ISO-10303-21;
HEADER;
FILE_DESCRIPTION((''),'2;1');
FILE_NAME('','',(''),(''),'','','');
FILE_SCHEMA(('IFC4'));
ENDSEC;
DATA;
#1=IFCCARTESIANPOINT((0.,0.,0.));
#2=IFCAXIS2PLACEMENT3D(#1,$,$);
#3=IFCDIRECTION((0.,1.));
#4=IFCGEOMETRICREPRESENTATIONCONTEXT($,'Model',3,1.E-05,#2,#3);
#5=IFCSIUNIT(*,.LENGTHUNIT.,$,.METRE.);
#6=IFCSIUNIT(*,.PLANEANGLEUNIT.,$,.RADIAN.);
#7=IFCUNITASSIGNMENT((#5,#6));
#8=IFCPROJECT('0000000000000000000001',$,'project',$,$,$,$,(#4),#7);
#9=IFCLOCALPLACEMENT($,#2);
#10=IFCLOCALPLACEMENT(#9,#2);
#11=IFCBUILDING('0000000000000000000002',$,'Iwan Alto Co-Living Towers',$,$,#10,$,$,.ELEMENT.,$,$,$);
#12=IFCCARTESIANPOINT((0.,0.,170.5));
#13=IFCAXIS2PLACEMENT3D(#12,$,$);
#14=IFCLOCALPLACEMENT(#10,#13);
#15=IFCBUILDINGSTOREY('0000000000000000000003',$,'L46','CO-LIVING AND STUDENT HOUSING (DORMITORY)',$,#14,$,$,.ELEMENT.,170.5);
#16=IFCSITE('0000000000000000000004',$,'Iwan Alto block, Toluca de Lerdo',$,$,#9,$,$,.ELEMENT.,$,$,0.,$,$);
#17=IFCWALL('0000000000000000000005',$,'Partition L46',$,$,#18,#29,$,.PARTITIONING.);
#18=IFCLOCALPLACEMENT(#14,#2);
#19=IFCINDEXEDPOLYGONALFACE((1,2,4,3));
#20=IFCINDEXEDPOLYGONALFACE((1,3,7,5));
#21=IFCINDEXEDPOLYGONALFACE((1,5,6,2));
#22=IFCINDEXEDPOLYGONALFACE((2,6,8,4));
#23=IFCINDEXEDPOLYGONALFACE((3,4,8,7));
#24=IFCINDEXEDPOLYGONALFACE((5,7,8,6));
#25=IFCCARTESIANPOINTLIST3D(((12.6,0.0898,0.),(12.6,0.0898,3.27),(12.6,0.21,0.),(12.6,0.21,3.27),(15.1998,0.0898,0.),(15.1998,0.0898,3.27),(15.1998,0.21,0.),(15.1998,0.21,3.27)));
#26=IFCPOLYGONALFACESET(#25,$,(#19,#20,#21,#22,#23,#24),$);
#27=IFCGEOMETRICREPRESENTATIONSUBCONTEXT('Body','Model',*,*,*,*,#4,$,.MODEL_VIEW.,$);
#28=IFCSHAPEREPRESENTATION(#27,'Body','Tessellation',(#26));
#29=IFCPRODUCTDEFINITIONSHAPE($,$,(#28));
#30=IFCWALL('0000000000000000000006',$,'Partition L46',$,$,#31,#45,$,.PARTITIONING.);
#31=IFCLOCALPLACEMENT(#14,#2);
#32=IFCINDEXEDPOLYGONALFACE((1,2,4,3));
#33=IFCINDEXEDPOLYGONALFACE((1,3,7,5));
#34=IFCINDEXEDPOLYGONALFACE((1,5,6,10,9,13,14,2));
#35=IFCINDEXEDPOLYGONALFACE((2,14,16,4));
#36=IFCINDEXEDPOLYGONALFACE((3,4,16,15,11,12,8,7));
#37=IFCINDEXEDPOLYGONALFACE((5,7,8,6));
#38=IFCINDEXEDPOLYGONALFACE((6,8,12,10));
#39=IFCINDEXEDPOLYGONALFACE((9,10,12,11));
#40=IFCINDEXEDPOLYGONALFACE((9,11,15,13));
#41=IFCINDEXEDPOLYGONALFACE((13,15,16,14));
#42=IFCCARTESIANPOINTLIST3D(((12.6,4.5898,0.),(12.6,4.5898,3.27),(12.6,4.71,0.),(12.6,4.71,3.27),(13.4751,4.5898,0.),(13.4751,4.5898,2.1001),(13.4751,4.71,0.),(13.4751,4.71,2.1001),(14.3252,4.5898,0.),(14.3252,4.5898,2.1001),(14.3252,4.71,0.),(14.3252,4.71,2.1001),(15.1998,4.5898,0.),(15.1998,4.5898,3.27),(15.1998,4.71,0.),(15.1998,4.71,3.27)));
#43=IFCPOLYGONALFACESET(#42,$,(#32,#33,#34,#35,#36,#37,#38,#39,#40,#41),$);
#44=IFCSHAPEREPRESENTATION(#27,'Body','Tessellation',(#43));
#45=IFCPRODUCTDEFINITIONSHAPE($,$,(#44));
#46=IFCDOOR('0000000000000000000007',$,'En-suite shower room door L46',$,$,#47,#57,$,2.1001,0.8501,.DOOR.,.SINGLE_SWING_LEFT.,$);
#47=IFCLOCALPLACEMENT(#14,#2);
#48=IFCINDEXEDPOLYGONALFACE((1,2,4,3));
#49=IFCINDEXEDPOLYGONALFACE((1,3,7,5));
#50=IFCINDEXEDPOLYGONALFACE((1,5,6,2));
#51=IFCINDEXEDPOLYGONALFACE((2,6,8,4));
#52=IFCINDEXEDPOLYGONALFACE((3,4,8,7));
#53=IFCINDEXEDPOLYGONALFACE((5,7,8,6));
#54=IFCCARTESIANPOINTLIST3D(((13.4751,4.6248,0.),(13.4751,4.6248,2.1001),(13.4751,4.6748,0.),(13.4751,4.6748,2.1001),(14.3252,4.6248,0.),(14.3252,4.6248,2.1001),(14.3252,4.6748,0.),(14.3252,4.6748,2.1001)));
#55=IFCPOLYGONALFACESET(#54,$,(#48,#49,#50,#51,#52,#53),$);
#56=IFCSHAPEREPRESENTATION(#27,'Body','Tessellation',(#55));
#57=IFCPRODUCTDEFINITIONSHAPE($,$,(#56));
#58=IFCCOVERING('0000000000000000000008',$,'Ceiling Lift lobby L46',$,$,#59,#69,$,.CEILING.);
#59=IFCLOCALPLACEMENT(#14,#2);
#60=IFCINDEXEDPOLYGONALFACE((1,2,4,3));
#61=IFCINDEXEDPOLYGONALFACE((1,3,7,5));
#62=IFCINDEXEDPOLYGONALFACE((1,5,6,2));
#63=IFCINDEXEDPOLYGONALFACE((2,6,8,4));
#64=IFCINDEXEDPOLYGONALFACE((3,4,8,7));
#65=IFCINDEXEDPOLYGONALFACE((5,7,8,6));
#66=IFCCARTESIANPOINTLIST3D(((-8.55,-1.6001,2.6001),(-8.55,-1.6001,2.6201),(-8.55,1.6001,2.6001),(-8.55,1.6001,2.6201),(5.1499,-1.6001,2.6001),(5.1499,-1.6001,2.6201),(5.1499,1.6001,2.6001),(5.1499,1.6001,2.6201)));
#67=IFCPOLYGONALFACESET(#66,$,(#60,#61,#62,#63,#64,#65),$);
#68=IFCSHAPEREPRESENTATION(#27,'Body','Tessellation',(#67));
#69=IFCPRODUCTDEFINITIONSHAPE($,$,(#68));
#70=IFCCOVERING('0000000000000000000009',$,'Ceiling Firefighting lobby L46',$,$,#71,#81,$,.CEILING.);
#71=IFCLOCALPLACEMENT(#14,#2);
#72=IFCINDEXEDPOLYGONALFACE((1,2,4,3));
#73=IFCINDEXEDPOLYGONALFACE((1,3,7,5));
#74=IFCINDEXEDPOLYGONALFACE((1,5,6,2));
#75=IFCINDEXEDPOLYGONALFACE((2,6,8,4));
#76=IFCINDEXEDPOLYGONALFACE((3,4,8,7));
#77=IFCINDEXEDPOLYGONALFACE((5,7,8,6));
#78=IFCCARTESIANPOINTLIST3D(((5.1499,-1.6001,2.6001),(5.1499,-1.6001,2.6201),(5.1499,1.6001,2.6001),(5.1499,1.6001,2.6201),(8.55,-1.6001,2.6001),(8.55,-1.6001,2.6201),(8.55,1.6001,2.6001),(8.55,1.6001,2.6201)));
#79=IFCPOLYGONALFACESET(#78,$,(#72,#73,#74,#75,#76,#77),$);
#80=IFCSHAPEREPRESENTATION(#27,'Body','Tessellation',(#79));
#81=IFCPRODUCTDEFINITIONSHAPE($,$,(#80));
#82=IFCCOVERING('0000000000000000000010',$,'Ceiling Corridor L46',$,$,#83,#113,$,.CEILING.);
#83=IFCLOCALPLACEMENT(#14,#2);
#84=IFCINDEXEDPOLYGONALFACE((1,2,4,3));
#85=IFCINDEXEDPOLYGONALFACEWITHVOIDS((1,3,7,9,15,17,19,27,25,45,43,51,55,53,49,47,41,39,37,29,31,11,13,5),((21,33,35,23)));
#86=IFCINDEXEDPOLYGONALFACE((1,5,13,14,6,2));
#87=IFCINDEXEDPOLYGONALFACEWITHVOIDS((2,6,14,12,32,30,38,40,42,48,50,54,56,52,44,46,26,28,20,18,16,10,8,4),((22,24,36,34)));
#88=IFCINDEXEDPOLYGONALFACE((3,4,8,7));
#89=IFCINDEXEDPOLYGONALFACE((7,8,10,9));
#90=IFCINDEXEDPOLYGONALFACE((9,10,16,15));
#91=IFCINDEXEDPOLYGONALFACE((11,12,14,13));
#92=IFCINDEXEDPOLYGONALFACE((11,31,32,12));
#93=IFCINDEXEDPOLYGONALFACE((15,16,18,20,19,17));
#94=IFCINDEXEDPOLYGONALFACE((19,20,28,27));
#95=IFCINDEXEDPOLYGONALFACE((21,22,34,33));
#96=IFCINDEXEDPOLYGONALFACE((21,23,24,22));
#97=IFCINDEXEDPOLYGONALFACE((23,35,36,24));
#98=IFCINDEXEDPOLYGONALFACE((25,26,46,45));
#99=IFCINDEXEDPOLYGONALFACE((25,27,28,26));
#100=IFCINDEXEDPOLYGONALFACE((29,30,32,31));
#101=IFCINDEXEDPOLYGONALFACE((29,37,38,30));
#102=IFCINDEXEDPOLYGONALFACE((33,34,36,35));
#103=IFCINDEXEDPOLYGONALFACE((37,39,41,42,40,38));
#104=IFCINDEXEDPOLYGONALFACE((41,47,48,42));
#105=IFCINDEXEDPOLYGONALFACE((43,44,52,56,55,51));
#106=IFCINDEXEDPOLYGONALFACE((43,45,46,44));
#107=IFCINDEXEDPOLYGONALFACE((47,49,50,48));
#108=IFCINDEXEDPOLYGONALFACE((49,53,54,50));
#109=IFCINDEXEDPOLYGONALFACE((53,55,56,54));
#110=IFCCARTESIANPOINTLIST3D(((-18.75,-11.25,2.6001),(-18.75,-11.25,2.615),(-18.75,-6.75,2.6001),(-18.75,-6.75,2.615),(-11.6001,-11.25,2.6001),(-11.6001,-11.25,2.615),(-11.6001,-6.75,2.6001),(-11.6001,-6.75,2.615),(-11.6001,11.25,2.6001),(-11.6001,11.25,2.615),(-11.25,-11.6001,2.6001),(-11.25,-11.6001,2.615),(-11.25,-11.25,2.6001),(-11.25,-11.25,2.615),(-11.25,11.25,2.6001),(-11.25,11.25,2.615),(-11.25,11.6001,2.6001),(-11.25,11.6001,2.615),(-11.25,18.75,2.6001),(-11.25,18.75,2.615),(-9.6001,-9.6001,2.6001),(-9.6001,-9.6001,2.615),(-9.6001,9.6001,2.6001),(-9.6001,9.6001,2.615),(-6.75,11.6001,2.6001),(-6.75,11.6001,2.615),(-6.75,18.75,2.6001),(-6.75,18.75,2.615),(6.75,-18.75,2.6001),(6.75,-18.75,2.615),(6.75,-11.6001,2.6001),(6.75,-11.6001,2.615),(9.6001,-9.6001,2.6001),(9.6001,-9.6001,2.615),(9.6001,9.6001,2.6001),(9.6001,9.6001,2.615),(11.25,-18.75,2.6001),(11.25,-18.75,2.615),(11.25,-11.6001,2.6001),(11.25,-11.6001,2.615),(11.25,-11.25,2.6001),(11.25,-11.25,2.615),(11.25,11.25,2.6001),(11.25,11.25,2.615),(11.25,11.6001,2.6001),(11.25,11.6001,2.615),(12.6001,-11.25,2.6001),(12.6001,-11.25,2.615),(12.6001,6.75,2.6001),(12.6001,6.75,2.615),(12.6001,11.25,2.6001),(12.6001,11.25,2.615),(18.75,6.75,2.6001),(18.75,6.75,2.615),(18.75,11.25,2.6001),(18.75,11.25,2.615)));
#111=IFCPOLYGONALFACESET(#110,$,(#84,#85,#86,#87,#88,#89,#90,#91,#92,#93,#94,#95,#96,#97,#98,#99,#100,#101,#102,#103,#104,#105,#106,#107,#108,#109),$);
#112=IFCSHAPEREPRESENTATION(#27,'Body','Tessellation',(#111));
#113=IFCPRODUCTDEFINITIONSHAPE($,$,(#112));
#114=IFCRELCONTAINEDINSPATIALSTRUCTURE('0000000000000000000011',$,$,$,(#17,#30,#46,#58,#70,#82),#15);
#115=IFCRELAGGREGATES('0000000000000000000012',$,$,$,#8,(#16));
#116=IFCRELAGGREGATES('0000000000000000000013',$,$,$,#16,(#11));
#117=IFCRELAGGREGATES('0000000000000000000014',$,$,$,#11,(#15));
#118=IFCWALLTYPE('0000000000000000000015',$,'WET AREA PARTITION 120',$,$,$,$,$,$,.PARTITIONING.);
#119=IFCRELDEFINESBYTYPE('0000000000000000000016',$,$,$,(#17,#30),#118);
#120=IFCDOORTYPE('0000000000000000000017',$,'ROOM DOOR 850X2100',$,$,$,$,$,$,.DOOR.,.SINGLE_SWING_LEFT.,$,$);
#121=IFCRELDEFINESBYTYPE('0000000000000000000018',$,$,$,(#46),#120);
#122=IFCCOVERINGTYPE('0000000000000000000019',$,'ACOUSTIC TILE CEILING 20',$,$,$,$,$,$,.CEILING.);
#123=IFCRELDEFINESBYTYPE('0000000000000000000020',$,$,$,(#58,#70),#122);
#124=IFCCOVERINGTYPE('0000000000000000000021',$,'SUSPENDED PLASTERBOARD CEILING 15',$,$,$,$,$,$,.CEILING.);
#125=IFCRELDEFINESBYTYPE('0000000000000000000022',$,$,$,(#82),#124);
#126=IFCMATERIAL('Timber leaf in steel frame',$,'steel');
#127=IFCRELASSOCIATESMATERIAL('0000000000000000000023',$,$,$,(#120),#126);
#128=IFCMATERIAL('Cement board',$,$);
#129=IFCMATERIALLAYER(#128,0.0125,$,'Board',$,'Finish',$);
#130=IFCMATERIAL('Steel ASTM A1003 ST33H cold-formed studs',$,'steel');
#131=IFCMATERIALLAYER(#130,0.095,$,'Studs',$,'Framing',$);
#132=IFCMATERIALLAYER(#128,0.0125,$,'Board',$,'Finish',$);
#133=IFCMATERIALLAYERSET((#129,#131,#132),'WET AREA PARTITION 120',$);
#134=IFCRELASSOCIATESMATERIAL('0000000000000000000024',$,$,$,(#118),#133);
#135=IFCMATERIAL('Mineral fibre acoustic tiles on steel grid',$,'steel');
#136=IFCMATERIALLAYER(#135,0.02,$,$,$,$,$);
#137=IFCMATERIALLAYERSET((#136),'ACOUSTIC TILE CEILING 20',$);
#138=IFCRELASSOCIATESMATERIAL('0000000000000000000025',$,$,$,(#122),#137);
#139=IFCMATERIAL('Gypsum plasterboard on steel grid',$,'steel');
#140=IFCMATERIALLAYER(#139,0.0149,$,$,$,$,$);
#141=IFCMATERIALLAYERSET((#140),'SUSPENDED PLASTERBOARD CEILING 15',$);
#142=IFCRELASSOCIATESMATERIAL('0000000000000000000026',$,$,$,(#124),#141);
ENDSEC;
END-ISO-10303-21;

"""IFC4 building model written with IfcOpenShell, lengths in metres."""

from ifc_helpers import new_model, si_unit, direction, frame, frame_2d, origin, place, context, subcontext, project, spatial, polyline, rectangle, outline, extrude, material, layer, layer_set, type_object, element, fill, save


model = new_model("IFC4")

# Units and contexts
model_context = context("Model", 3, precision=1e-05, world=origin(), true_north=direction((0.0, 1.0)))
body_context = subcontext(model_context, "Body", "Model", "MODEL_VIEW")
ifc_project = project(units=[si_unit("LENGTHUNIT", "METRE"), si_unit("PLANEANGLEUNIT", "RADIAN")], contexts=[model_context])

# Site, building, storey
site_placement = place(None, origin())
site = spatial("IfcSite", under=ifc_project, at=site_placement, Name="Iwan Alto block, Toluca de Lerdo", CompositionType="ELEMENT", RefElevation=0.0)
building_placement = place(site_placement, origin())
building = spatial("IfcBuilding", under=site, at=building_placement, Name="Iwan Alto Co-Living Towers", CompositionType="ELEMENT")
storey_placement = place(building_placement, frame((0.0, 0.0, 170.5)))
storey = spatial("IfcBuildingStorey", under=building, at=storey_placement, Name="L46", Description="CO-LIVING AND STUDENT HOUSING (DORMITORY)", CompositionType="ELEMENT", Elevation=170.5)

# Shared definitions
ifc_material_1 = material(Name="Steel ASTM A1003 ST33H cold-formed studs", Category="steel")
ifc_material_2 = material(Name="Timber leaf in steel frame", Category="steel")
door_type_1 = type_object("IfcDoorType", Name="ROOM DOOR 850X2100", OperationType="SINGLE_SWING_LEFT", PredefinedType="DOOR", material=ifc_material_2)

# Wall
ifc_material_3 = material(Name="Cement board")
ifc_layer_1 = layer(ifc_material_3, 0.0125, Name="Board", Category="Finish")
ifc_layer_2 = layer(ifc_material_1, 0.095, Name="Studs", Category="Framing")
ifc_layer_3 = layer(ifc_material_3, 0.0125, Name="Board", Category="Finish")
ifc_layer_set_1 = layer_set([ifc_layer_1, ifc_layer_2, ifc_layer_3], Name="WET AREA PARTITION 120")
wall_type_1 = type_object("IfcWallType", Name="WET AREA PARTITION 120", PredefinedType="PARTITIONING", material=ifc_layer_set_1)
wall_1_placement = place(storey_placement, frame((12.6001, 0.1499, 0.0), z_axis=(0.0, 0.0, 1.0), x_axis=(1.0, 0.0, 0.0)))
element("IfcWall", 1, at=wall_1_placement, inside=storey, type_object=wall_type_1, Name="Partition L46", PredefinedType="PARTITIONING", context=body_context, shape_type="SweptSolid", body=[
    extrude(rectangle(XDim=2.5999, YDim=0.1201, at=frame_2d((1.2998, 0.0))), origin(), (0.0, 0.0, 1.0), 3.27),
])

# Wall, opening, door
wall_2_placement = place(storey_placement, frame((12.6001, 4.6499, 0.0), z_axis=(0.0, 0.0, 1.0), x_axis=(1.0, 0.0, 0.0)))
wall_2 = element("IfcWall", 2, at=wall_2_placement, inside=storey, type_object=wall_type_1, Name="Partition L46", PredefinedType="PARTITIONING", context=body_context, shape_type="SweptSolid", body=[
    extrude(rectangle(XDim=2.5999, YDim=0.1201, at=frame_2d((1.2998, 0.0))), origin(), (0.0, 0.0, 1.0), 3.27),
])
opening_1_placement = place(wall_2_placement, frame((0.875, 0.0, 0.0)))
opening_1 = element("IfcOpeningElement", 3, at=opening_1_placement, cuts=wall_2, PredefinedType="OPENING", context=body_context, shape_type="SweptSolid", body=[
    extrude(rectangle(XDim=0.8501, YDim=2.1001, at=frame_2d((0.425, 1.05))), frame((0.0, 0.0701, 0.0), z_axis=(0.0, -1.0, 0.0), x_axis=(1.0, 0.0, 0.0)), (0.0, 0.0, 1.0), 0.1401),
])
door_1_placement = place(opening_1_placement, origin())
door_1 = element("IfcDoor", 4, at=door_1_placement, inside=storey, type_object=door_type_1, Name="En-suite shower room door L46", OperationType="SINGLE_SWING_LEFT", OverallHeight=2.1001, OverallWidth=0.8501, PredefinedType="DOOR", context=body_context, shape_type="SweptSolid", body=[
    extrude(rectangle(XDim=0.8501, YDim=2.1001, at=frame_2d((0.425, 1.05))), frame((0.0, 0.0249, 0.0), z_axis=(0.0, -1.0, 0.0), x_axis=(1.0, 0.0, 0.0)), (0.0, 0.0, 1.0), 0.05),
])
fill(opening_1, door_1)

# Coverings
ifc_material_4 = material(Name="Mineral fibre acoustic tiles on steel grid", Category="steel")
ifc_layer_4 = layer(ifc_material_4, 0.02)
ifc_layer_set_2 = layer_set([ifc_layer_4], Name="ACOUSTIC TILE CEILING 20")
covering_type_1 = type_object("IfcCoveringType", Name="ACOUSTIC TILE CEILING 20", PredefinedType="CEILING", material=ifc_layer_set_2)
covering_1_placement = place(storey_placement, frame((0.0, 0.0, 2.6001)))
element("IfcCovering", 5, at=covering_1_placement, inside=storey, type_object=covering_type_1, Name="Ceiling Lift lobby L46", PredefinedType="CEILING", context=body_context, shape_type="SweptSolid", body=[
    extrude(outline(polyline([(-8.55, -1.6001), (-8.55, 1.6001), (5.1499, 1.6001), (5.1499, -1.6001), (-8.55, -1.6001)])), origin(), (0.0, 0.0, 1.0), 0.02),
])
covering_2_placement = place(storey_placement, frame((0.0, 0.0, 2.6001)))
element("IfcCovering", 6, at=covering_2_placement, inside=storey, type_object=covering_type_1, Name="Ceiling Firefighting lobby L46", PredefinedType="CEILING", context=body_context, shape_type="SweptSolid", body=[
    extrude(outline(polyline([(5.1499, -1.6001), (5.1499, 1.6001), (8.55, 1.6001), (8.55, -1.6001), (5.1499, -1.6001)])), origin(), (0.0, 0.0, 1.0), 0.02),
])
ifc_material_5 = material(Name="Gypsum plasterboard on steel grid", Category="steel")
ifc_layer_5 = layer(ifc_material_5, 0.0149)
ifc_layer_set_3 = layer_set([ifc_layer_5], Name="SUSPENDED PLASTERBOARD CEILING 15")
covering_type_2 = type_object("IfcCoveringType", Name="SUSPENDED PLASTERBOARD CEILING 15", PredefinedType="CEILING", material=ifc_layer_set_3)
covering_3_placement = place(storey_placement, frame((0.0, 0.0, 2.6001)))
element("IfcCovering", 7, at=covering_3_placement, inside=storey, type_object=covering_type_2, Name="Ceiling Corridor L46", PredefinedType="CEILING", context=body_context, shape_type="SweptSolid", body=[
    extrude(outline(polyline([(-18.75, -11.25), (-18.75, -6.75), (-11.6001, -6.75), (-11.6001, 11.25), (-11.25, 11.25), (-11.25, 11.6001), (-11.25, 18.75), (-6.75, 18.75), (-6.75, 11.6001), (11.25, 11.6001), (11.25, 11.25), (12.6001, 11.25), (18.75, 11.25), (18.75, 6.75), (12.6001, 6.75), (12.6001, -11.25), (11.25, -11.25), (11.25, -11.6001), (11.25, -18.75), (6.75, -18.75), (6.75, -11.6001), (-11.25, -11.6001), (-11.25, -11.25), (-11.6001, -11.25), (-18.75, -11.25)]), holes=[polyline([(9.6001, 9.6001), (-9.6001, 9.6001), (-9.6001, -9.6001), (9.6001, -9.6001), (9.6001, 9.6001)])]), origin(), (0.0, 0.0, 1.0), 0.0149),
])

save(model, "model.ifc")
